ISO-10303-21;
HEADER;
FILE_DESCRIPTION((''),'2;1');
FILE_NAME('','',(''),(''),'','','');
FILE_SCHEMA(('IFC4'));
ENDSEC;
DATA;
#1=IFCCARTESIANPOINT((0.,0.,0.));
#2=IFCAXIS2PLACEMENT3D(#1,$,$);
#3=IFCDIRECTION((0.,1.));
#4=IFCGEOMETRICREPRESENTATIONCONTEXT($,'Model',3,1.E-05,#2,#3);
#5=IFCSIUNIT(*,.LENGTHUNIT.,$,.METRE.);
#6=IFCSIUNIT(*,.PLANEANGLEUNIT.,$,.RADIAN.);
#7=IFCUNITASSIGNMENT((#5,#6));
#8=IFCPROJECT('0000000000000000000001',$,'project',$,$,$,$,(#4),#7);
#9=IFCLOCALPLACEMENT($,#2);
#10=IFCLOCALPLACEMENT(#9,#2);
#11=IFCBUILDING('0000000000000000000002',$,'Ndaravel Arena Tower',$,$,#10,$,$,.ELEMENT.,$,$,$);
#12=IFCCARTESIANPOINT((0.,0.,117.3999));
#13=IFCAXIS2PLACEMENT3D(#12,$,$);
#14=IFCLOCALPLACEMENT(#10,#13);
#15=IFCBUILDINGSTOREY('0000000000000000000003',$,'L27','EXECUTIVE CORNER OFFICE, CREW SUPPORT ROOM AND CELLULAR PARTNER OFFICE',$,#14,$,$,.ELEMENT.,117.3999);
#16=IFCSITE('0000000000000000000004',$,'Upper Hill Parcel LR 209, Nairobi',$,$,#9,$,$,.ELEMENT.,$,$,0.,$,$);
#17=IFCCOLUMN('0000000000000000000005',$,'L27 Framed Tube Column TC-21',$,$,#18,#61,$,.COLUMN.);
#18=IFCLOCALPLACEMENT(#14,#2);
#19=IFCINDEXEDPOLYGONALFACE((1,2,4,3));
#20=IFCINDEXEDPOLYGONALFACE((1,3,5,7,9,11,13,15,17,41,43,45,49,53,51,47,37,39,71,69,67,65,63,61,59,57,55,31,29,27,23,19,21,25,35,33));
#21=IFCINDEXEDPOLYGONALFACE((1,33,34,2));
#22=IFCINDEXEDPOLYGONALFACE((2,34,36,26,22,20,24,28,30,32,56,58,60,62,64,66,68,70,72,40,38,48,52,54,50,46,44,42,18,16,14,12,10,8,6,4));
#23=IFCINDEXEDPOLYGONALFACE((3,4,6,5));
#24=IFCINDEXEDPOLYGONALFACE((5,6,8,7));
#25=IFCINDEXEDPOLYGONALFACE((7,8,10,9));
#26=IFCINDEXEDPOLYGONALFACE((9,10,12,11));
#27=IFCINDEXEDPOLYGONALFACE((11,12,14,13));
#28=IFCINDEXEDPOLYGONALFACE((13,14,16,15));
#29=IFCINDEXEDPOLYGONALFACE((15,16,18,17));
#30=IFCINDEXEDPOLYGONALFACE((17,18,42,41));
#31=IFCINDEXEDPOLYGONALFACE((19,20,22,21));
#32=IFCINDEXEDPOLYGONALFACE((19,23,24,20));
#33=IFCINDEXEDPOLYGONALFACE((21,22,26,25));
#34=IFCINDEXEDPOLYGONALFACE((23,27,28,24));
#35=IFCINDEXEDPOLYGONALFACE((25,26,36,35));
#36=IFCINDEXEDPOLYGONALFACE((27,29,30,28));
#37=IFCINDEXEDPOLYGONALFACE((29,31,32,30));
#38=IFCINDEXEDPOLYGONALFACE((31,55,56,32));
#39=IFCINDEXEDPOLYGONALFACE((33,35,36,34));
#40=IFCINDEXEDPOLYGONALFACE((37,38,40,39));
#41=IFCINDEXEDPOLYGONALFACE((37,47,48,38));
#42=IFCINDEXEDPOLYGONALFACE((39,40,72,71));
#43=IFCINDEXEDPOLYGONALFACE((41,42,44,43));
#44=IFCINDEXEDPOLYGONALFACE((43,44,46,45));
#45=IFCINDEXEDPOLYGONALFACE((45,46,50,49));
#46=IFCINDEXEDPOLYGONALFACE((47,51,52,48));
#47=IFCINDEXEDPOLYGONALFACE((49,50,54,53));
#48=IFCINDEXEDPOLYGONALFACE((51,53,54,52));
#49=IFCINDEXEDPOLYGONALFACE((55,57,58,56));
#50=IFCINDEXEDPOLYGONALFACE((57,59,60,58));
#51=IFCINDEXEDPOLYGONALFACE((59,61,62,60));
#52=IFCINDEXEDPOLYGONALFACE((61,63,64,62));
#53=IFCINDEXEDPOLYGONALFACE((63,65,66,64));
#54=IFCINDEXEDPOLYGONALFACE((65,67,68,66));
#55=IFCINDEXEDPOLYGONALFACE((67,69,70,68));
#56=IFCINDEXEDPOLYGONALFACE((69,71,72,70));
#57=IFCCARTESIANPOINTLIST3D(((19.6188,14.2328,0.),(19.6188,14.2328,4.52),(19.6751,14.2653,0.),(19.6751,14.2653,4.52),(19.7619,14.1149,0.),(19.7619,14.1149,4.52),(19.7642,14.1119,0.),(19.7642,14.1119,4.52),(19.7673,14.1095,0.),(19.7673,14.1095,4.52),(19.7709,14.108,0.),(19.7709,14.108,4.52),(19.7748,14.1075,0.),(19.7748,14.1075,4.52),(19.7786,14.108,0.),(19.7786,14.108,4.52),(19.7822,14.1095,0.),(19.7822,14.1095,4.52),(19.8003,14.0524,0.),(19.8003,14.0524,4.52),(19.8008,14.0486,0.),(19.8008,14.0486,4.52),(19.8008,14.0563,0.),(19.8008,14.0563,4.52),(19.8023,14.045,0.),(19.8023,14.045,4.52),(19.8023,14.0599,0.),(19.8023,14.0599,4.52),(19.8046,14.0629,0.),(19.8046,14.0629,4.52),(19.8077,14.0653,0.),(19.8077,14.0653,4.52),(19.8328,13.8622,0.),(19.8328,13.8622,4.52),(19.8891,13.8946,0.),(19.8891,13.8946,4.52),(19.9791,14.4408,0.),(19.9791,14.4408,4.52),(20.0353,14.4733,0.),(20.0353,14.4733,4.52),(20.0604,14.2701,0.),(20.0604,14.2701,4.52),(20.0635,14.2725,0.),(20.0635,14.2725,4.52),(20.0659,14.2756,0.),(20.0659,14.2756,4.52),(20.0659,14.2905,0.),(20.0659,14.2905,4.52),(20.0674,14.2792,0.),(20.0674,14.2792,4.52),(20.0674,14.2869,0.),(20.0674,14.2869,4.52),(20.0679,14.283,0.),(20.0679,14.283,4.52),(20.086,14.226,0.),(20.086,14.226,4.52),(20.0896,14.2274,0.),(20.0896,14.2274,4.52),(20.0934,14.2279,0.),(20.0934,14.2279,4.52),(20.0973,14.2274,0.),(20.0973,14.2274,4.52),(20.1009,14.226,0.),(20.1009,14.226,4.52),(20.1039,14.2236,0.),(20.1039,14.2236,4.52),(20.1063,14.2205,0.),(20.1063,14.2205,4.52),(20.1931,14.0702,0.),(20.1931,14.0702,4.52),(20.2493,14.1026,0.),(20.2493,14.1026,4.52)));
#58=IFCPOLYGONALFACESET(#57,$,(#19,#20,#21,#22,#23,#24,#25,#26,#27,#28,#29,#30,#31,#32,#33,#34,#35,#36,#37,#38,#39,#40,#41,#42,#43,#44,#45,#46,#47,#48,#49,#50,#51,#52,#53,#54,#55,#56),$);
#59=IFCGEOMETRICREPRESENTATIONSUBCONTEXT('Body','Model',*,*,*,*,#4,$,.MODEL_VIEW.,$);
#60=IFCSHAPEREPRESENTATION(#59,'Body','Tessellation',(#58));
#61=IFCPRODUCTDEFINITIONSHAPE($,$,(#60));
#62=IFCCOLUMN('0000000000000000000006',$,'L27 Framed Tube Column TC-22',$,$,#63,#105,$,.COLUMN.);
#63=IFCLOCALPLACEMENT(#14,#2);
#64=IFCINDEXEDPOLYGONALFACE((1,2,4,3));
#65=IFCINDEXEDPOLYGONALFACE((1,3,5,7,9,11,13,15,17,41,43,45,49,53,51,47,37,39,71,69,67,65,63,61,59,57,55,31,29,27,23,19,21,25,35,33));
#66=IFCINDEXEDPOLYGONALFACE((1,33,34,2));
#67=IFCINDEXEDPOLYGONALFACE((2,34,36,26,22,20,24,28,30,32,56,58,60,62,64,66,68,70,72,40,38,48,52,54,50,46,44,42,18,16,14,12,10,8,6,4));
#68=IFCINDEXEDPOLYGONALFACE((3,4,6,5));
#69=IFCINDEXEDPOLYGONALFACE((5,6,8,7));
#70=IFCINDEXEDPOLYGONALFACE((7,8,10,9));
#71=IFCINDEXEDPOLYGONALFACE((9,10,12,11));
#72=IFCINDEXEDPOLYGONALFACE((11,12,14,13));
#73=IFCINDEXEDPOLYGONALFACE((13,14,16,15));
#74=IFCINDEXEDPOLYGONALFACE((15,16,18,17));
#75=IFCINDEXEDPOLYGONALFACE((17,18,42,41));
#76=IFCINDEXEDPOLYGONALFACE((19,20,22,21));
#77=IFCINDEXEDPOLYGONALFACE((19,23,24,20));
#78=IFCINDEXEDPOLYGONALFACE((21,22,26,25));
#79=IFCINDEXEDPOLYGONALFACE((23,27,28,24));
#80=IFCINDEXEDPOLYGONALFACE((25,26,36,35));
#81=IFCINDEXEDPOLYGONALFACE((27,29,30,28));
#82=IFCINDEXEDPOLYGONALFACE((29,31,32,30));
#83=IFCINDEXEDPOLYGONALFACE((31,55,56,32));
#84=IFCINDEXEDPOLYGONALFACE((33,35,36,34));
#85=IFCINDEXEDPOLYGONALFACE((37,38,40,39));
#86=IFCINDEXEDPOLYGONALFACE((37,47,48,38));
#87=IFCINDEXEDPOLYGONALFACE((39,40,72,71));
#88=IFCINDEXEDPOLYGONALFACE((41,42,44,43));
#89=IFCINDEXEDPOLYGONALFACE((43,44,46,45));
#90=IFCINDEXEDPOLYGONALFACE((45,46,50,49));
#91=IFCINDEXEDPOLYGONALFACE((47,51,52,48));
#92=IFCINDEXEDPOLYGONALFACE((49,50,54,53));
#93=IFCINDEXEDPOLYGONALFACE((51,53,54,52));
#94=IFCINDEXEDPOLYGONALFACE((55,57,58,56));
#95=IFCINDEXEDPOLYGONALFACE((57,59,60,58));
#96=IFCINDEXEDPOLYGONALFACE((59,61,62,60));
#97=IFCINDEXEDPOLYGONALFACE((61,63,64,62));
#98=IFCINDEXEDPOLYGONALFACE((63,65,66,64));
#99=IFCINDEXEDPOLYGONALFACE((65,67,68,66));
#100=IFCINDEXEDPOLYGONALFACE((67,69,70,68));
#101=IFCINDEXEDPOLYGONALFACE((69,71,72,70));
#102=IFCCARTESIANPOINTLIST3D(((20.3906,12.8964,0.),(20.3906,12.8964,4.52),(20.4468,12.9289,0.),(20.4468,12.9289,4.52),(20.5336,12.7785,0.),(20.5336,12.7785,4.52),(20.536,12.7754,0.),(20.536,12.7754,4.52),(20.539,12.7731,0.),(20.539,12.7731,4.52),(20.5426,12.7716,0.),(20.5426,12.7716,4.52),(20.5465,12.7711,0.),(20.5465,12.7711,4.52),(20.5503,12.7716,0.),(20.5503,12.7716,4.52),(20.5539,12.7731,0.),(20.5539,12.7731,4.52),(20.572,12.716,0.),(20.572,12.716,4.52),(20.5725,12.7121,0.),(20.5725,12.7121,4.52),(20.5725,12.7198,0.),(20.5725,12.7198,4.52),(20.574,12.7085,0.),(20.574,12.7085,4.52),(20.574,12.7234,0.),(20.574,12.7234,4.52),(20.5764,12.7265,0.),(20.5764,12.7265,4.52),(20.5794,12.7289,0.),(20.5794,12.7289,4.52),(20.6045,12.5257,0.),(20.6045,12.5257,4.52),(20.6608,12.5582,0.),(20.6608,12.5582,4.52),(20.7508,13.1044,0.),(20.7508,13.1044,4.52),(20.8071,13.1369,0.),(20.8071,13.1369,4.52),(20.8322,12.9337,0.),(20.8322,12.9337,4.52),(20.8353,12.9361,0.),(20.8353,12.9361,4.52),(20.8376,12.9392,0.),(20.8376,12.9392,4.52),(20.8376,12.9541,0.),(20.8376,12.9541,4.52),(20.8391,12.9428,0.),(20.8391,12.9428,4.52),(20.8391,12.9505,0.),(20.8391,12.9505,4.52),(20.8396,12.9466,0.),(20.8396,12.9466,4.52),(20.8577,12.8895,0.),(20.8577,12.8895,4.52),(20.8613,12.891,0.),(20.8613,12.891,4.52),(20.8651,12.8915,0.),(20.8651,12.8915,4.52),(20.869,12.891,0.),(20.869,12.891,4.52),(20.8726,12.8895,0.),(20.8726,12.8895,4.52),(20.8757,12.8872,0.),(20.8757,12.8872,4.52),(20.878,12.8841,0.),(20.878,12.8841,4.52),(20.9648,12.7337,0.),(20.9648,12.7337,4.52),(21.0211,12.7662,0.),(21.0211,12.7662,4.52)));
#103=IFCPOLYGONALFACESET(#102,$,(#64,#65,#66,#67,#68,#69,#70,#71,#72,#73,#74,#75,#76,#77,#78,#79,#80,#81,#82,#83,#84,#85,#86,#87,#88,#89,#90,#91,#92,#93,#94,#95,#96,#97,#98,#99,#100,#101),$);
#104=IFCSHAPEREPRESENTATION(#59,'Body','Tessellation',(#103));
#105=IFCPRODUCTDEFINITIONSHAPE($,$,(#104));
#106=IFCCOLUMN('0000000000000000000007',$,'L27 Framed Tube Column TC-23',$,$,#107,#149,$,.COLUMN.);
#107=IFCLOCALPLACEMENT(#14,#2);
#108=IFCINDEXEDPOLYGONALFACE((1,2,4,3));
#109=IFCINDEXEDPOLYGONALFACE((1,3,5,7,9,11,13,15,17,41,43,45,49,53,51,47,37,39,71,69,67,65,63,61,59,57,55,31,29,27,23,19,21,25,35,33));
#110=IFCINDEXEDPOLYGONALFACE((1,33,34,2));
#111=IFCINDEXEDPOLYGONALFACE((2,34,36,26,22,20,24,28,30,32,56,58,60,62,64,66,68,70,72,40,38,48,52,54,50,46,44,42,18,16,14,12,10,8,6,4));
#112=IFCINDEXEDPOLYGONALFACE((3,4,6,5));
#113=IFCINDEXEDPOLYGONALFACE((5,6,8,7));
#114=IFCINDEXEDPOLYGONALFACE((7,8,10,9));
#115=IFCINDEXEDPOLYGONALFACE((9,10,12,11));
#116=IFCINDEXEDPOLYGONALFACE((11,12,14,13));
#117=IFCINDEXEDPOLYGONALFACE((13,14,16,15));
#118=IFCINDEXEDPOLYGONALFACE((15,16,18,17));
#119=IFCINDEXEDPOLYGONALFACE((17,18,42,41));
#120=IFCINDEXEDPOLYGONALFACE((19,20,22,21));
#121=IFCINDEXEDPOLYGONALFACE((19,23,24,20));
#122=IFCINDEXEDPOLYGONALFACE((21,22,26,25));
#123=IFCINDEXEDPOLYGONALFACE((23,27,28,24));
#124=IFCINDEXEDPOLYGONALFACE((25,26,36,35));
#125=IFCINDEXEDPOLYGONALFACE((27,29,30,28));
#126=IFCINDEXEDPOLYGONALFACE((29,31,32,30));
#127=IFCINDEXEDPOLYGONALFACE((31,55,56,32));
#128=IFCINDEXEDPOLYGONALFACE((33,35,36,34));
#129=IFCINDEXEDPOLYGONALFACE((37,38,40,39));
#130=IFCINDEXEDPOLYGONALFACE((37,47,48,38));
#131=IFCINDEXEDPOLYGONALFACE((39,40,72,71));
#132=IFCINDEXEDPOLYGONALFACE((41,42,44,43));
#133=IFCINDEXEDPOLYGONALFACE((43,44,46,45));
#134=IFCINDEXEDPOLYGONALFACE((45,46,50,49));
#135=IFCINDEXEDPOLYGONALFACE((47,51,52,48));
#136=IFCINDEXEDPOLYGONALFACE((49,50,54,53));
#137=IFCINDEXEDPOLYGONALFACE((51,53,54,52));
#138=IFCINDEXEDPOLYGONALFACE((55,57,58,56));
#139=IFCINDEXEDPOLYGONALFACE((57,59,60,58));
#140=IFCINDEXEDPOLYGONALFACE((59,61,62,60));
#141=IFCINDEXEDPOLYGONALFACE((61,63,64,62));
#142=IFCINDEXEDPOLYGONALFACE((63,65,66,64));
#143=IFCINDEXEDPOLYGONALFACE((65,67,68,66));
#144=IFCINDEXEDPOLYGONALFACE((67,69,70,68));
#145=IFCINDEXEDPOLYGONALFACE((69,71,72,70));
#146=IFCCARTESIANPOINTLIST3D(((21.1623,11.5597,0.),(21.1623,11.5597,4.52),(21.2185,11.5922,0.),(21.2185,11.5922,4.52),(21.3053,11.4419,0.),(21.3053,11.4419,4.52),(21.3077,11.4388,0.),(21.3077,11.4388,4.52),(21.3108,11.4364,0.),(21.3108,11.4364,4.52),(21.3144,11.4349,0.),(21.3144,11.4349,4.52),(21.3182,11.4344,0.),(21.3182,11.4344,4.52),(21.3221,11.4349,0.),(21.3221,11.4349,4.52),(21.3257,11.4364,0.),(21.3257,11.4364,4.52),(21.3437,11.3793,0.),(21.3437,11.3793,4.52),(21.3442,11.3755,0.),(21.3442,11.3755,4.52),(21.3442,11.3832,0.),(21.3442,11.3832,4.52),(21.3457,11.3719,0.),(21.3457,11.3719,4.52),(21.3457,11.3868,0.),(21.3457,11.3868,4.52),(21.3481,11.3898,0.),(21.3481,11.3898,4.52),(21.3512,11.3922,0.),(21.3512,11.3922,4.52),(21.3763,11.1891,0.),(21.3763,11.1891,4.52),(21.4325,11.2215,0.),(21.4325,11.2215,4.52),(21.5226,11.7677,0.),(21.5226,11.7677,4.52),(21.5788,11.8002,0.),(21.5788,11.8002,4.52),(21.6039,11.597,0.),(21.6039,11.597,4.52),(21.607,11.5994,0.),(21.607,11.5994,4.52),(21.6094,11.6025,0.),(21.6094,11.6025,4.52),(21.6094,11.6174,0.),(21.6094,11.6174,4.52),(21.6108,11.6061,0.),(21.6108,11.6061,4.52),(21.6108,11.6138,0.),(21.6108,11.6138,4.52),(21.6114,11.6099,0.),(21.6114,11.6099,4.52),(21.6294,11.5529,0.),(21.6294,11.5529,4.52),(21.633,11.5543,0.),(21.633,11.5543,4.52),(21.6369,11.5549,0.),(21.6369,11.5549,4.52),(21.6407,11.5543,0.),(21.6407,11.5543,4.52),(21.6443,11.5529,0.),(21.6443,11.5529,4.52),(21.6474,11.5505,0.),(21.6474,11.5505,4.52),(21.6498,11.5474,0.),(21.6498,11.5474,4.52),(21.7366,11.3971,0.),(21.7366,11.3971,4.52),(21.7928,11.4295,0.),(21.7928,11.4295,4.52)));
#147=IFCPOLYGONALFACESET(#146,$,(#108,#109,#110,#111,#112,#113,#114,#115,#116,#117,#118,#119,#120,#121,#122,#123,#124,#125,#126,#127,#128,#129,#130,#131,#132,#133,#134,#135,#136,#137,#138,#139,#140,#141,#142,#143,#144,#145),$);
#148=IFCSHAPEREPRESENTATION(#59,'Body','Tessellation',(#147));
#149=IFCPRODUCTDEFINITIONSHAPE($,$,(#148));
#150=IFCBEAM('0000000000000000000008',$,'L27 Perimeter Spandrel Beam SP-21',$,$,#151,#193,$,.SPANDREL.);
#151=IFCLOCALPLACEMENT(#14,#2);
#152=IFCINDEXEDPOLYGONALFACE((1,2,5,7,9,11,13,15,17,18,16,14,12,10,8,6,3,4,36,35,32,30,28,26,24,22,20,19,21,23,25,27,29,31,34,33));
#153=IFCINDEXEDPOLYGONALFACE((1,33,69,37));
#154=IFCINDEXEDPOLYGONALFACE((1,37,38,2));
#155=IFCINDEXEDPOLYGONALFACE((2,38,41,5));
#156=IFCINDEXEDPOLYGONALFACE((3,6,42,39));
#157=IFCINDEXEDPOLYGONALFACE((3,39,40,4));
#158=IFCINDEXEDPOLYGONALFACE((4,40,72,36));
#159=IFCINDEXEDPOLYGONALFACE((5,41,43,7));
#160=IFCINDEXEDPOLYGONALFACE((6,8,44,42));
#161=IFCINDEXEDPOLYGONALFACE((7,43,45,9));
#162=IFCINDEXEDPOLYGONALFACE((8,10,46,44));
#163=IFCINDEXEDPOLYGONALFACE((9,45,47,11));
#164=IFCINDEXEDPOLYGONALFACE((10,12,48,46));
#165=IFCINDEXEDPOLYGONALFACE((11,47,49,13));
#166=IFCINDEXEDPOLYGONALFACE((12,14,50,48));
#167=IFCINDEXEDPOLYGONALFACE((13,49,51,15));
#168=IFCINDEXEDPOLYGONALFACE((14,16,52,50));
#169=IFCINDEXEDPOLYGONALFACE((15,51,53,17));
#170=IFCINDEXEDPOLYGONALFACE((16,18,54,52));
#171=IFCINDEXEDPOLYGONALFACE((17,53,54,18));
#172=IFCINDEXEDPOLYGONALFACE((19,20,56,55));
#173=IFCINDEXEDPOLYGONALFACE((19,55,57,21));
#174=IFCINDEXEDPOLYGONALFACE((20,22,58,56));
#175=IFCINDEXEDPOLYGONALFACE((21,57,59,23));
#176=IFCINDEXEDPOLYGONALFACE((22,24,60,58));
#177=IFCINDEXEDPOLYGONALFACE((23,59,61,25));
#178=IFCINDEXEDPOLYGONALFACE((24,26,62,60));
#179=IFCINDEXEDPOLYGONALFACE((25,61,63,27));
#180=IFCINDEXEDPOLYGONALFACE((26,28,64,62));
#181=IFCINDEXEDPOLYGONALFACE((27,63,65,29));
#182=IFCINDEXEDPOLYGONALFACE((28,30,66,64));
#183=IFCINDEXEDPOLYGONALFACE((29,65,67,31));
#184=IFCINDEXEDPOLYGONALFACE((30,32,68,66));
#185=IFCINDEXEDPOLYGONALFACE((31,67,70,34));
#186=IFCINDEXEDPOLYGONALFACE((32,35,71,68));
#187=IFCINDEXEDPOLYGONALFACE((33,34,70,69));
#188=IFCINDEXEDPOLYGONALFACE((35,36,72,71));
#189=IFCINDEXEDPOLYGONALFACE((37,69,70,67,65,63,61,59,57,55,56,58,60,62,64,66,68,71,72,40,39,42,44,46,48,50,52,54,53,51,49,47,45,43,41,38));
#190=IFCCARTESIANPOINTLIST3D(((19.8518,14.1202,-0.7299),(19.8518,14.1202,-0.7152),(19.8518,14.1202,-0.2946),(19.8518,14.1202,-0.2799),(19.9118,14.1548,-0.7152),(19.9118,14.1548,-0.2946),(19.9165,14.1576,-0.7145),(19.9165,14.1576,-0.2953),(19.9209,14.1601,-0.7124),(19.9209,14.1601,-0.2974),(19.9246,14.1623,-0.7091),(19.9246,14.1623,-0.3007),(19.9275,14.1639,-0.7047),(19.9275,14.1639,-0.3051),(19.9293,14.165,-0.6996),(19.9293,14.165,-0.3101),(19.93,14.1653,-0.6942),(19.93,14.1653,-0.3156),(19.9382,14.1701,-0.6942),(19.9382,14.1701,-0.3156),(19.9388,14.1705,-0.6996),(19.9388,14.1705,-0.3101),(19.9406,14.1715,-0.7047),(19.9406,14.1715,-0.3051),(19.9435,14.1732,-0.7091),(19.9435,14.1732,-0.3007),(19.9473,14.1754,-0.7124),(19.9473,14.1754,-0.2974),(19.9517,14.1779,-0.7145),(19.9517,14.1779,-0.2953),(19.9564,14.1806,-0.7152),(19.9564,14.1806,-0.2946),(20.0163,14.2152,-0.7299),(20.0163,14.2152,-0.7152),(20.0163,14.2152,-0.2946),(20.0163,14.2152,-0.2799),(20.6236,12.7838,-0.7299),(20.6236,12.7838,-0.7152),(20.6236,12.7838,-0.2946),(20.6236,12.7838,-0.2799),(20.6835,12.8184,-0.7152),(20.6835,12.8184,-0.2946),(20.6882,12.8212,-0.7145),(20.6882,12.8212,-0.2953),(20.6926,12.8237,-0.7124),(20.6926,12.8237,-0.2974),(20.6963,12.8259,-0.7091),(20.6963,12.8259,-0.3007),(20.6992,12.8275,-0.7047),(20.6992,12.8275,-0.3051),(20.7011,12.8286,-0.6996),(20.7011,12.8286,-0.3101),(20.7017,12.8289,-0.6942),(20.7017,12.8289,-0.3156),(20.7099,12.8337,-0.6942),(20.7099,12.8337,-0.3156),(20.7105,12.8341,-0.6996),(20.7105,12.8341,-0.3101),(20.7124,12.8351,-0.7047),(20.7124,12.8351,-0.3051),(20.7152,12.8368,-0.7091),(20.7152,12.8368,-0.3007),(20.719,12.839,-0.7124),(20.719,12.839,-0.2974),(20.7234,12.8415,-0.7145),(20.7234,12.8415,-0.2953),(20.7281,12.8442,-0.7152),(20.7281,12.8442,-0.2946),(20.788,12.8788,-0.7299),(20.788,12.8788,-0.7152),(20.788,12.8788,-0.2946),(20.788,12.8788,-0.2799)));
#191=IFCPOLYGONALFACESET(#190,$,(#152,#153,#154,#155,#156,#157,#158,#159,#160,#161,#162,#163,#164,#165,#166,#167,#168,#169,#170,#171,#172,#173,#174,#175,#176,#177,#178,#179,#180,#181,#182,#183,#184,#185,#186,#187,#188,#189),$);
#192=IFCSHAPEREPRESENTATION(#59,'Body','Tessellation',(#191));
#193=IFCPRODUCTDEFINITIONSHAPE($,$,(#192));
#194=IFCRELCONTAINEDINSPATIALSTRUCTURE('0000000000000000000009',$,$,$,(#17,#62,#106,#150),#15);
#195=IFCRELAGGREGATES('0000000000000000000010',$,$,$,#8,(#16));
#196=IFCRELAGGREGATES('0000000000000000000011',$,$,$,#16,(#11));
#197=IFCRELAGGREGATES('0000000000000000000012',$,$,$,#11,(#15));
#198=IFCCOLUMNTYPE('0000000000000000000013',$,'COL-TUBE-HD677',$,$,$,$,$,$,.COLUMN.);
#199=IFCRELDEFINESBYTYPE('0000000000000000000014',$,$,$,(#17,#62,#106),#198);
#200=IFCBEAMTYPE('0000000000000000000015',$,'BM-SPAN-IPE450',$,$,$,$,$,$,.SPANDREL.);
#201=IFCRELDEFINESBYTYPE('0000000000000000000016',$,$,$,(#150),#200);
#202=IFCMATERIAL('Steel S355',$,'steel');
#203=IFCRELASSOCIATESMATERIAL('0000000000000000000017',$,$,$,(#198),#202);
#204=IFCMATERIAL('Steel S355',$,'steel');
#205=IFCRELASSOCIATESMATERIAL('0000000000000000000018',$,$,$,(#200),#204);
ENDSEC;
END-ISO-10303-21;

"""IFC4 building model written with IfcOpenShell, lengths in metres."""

from ifc_helpers import new_model, si_unit, direction, frame, origin, origin_2d, place, context, subcontext, project, spatial, i_section, extrude, material, material_profile, profile_set, type_object, element, save


model = new_model("IFC4")

# Units and contexts
model_context = context("Model", 3, precision=1e-05, world=origin(), true_north=direction((0.0, 1.0)))
body_context = subcontext(model_context, "Body", "Model", "MODEL_VIEW")
ifc_project = project(units=[si_unit("LENGTHUNIT", "METRE"), si_unit("PLANEANGLEUNIT", "RADIAN")], contexts=[model_context])

# Site, building, storey
site_placement = place(None, origin())
site = spatial("IfcSite", under=ifc_project, at=site_placement, Name="Upper Hill Parcel LR 209, Nairobi", CompositionType="ELEMENT", RefElevation=0.0)
building_placement = place(site_placement, origin())
building = spatial("IfcBuilding", under=site, at=building_placement, Name="Ndaravel Arena Tower", CompositionType="ELEMENT")
storey_placement = place(building_placement, frame((0.0, 0.0, 117.3999)))
storey = spatial("IfcBuildingStorey", under=building, at=storey_placement, Name="L27", Description="EXECUTIVE CORNER OFFICE, CREW SUPPORT ROOM AND CELLULAR PARTNER OFFICE", CompositionType="ELEMENT", Elevation=117.3999)

# Columns
ifc_material_1 = material(Name="Steel S355", Category="steel")
ifc_material_profile_1 = material_profile(ifc_material_1, i_section(OverallWidth=0.428, OverallDepth=0.481, WebThickness=0.051, FlangeThickness=0.0649, FilletRadius=0.0149, at=origin_2d()), Name="HD 400x677")
ifc_profile_set_1 = profile_set([ifc_material_profile_1], Name="Steel S355")
column_type = type_object("IfcColumnType", Name="COL-TUBE-HD677", PredefinedType="COLUMN", material=ifc_profile_set_1)
for number, where, z_axis, x_axis, name in (
    (1, (19.9341, 14.1677, 0.0), (0.0, 0.0, 1.0), (-0.5, 0.866025, 0.0), "L27 Framed Tube Column TC-21"),
    (2, (20.7058, 12.8313, 0.0), (0.0, 0.0, 1.0), (-0.5, 0.866025, 0.0), "L27 Framed Tube Column TC-22"),
    (3, (21.4775, 11.4946, 0.0), (0.0, 0.0, 1.0), (-0.5, 0.866025, 0.0), "L27 Framed Tube Column TC-23"),
):
    element("IfcColumn", number, at=place(storey_placement, frame(where, z_axis=z_axis, x_axis=x_axis)), inside=storey, type_object=column_type, Name=name, PredefinedType="COLUMN", context=body_context, shape_type="SweptSolid", body=[
        extrude(i_section(OverallWidth=0.428, OverallDepth=0.481, WebThickness=0.051, FlangeThickness=0.0649, FilletRadius=0.0149, at=origin_2d()), origin(), (0.0, 0.0, 1.0), 4.52),
    ])

# Beam
ifc_material_2 = material(Name="Steel S355", Category="steel")
ifc_material_profile_2 = material_profile(ifc_material_2, i_section(OverallWidth=0.1899, OverallDepth=0.45, WebThickness=0.0095, FlangeThickness=0.0146, FilletRadius=0.021, at=origin_2d()), Name="IPE 450")
ifc_profile_set_2 = profile_set([ifc_material_profile_2], Name="Steel S355")
beam_type_1 = type_object("IfcBeamType", Name="BM-SPAN-IPE450", PredefinedType="SPANDREL", material=ifc_profile_set_2)
beam_1_placement = place(storey_placement, frame((19.9341, 14.1677, -0.5049), z_axis=(0.500069, -0.865985, 0.0), x_axis=(0.865985, 0.500069, 0.0)))
element("IfcBeam", 4, at=beam_1_placement, inside=storey, type_object=beam_type_1, Name="L27 Perimeter Spandrel Beam SP-21", PredefinedType="SPANDREL", context=body_context, shape_type="SweptSolid", body=[
    extrude(i_section(OverallWidth=0.1899, OverallDepth=0.45, WebThickness=0.0095, FlangeThickness=0.0146, FilletRadius=0.021, at=origin_2d()), origin(), (0.0, 0.0, 1.0), 1.5432),
])

save(model, "model.ifc")
